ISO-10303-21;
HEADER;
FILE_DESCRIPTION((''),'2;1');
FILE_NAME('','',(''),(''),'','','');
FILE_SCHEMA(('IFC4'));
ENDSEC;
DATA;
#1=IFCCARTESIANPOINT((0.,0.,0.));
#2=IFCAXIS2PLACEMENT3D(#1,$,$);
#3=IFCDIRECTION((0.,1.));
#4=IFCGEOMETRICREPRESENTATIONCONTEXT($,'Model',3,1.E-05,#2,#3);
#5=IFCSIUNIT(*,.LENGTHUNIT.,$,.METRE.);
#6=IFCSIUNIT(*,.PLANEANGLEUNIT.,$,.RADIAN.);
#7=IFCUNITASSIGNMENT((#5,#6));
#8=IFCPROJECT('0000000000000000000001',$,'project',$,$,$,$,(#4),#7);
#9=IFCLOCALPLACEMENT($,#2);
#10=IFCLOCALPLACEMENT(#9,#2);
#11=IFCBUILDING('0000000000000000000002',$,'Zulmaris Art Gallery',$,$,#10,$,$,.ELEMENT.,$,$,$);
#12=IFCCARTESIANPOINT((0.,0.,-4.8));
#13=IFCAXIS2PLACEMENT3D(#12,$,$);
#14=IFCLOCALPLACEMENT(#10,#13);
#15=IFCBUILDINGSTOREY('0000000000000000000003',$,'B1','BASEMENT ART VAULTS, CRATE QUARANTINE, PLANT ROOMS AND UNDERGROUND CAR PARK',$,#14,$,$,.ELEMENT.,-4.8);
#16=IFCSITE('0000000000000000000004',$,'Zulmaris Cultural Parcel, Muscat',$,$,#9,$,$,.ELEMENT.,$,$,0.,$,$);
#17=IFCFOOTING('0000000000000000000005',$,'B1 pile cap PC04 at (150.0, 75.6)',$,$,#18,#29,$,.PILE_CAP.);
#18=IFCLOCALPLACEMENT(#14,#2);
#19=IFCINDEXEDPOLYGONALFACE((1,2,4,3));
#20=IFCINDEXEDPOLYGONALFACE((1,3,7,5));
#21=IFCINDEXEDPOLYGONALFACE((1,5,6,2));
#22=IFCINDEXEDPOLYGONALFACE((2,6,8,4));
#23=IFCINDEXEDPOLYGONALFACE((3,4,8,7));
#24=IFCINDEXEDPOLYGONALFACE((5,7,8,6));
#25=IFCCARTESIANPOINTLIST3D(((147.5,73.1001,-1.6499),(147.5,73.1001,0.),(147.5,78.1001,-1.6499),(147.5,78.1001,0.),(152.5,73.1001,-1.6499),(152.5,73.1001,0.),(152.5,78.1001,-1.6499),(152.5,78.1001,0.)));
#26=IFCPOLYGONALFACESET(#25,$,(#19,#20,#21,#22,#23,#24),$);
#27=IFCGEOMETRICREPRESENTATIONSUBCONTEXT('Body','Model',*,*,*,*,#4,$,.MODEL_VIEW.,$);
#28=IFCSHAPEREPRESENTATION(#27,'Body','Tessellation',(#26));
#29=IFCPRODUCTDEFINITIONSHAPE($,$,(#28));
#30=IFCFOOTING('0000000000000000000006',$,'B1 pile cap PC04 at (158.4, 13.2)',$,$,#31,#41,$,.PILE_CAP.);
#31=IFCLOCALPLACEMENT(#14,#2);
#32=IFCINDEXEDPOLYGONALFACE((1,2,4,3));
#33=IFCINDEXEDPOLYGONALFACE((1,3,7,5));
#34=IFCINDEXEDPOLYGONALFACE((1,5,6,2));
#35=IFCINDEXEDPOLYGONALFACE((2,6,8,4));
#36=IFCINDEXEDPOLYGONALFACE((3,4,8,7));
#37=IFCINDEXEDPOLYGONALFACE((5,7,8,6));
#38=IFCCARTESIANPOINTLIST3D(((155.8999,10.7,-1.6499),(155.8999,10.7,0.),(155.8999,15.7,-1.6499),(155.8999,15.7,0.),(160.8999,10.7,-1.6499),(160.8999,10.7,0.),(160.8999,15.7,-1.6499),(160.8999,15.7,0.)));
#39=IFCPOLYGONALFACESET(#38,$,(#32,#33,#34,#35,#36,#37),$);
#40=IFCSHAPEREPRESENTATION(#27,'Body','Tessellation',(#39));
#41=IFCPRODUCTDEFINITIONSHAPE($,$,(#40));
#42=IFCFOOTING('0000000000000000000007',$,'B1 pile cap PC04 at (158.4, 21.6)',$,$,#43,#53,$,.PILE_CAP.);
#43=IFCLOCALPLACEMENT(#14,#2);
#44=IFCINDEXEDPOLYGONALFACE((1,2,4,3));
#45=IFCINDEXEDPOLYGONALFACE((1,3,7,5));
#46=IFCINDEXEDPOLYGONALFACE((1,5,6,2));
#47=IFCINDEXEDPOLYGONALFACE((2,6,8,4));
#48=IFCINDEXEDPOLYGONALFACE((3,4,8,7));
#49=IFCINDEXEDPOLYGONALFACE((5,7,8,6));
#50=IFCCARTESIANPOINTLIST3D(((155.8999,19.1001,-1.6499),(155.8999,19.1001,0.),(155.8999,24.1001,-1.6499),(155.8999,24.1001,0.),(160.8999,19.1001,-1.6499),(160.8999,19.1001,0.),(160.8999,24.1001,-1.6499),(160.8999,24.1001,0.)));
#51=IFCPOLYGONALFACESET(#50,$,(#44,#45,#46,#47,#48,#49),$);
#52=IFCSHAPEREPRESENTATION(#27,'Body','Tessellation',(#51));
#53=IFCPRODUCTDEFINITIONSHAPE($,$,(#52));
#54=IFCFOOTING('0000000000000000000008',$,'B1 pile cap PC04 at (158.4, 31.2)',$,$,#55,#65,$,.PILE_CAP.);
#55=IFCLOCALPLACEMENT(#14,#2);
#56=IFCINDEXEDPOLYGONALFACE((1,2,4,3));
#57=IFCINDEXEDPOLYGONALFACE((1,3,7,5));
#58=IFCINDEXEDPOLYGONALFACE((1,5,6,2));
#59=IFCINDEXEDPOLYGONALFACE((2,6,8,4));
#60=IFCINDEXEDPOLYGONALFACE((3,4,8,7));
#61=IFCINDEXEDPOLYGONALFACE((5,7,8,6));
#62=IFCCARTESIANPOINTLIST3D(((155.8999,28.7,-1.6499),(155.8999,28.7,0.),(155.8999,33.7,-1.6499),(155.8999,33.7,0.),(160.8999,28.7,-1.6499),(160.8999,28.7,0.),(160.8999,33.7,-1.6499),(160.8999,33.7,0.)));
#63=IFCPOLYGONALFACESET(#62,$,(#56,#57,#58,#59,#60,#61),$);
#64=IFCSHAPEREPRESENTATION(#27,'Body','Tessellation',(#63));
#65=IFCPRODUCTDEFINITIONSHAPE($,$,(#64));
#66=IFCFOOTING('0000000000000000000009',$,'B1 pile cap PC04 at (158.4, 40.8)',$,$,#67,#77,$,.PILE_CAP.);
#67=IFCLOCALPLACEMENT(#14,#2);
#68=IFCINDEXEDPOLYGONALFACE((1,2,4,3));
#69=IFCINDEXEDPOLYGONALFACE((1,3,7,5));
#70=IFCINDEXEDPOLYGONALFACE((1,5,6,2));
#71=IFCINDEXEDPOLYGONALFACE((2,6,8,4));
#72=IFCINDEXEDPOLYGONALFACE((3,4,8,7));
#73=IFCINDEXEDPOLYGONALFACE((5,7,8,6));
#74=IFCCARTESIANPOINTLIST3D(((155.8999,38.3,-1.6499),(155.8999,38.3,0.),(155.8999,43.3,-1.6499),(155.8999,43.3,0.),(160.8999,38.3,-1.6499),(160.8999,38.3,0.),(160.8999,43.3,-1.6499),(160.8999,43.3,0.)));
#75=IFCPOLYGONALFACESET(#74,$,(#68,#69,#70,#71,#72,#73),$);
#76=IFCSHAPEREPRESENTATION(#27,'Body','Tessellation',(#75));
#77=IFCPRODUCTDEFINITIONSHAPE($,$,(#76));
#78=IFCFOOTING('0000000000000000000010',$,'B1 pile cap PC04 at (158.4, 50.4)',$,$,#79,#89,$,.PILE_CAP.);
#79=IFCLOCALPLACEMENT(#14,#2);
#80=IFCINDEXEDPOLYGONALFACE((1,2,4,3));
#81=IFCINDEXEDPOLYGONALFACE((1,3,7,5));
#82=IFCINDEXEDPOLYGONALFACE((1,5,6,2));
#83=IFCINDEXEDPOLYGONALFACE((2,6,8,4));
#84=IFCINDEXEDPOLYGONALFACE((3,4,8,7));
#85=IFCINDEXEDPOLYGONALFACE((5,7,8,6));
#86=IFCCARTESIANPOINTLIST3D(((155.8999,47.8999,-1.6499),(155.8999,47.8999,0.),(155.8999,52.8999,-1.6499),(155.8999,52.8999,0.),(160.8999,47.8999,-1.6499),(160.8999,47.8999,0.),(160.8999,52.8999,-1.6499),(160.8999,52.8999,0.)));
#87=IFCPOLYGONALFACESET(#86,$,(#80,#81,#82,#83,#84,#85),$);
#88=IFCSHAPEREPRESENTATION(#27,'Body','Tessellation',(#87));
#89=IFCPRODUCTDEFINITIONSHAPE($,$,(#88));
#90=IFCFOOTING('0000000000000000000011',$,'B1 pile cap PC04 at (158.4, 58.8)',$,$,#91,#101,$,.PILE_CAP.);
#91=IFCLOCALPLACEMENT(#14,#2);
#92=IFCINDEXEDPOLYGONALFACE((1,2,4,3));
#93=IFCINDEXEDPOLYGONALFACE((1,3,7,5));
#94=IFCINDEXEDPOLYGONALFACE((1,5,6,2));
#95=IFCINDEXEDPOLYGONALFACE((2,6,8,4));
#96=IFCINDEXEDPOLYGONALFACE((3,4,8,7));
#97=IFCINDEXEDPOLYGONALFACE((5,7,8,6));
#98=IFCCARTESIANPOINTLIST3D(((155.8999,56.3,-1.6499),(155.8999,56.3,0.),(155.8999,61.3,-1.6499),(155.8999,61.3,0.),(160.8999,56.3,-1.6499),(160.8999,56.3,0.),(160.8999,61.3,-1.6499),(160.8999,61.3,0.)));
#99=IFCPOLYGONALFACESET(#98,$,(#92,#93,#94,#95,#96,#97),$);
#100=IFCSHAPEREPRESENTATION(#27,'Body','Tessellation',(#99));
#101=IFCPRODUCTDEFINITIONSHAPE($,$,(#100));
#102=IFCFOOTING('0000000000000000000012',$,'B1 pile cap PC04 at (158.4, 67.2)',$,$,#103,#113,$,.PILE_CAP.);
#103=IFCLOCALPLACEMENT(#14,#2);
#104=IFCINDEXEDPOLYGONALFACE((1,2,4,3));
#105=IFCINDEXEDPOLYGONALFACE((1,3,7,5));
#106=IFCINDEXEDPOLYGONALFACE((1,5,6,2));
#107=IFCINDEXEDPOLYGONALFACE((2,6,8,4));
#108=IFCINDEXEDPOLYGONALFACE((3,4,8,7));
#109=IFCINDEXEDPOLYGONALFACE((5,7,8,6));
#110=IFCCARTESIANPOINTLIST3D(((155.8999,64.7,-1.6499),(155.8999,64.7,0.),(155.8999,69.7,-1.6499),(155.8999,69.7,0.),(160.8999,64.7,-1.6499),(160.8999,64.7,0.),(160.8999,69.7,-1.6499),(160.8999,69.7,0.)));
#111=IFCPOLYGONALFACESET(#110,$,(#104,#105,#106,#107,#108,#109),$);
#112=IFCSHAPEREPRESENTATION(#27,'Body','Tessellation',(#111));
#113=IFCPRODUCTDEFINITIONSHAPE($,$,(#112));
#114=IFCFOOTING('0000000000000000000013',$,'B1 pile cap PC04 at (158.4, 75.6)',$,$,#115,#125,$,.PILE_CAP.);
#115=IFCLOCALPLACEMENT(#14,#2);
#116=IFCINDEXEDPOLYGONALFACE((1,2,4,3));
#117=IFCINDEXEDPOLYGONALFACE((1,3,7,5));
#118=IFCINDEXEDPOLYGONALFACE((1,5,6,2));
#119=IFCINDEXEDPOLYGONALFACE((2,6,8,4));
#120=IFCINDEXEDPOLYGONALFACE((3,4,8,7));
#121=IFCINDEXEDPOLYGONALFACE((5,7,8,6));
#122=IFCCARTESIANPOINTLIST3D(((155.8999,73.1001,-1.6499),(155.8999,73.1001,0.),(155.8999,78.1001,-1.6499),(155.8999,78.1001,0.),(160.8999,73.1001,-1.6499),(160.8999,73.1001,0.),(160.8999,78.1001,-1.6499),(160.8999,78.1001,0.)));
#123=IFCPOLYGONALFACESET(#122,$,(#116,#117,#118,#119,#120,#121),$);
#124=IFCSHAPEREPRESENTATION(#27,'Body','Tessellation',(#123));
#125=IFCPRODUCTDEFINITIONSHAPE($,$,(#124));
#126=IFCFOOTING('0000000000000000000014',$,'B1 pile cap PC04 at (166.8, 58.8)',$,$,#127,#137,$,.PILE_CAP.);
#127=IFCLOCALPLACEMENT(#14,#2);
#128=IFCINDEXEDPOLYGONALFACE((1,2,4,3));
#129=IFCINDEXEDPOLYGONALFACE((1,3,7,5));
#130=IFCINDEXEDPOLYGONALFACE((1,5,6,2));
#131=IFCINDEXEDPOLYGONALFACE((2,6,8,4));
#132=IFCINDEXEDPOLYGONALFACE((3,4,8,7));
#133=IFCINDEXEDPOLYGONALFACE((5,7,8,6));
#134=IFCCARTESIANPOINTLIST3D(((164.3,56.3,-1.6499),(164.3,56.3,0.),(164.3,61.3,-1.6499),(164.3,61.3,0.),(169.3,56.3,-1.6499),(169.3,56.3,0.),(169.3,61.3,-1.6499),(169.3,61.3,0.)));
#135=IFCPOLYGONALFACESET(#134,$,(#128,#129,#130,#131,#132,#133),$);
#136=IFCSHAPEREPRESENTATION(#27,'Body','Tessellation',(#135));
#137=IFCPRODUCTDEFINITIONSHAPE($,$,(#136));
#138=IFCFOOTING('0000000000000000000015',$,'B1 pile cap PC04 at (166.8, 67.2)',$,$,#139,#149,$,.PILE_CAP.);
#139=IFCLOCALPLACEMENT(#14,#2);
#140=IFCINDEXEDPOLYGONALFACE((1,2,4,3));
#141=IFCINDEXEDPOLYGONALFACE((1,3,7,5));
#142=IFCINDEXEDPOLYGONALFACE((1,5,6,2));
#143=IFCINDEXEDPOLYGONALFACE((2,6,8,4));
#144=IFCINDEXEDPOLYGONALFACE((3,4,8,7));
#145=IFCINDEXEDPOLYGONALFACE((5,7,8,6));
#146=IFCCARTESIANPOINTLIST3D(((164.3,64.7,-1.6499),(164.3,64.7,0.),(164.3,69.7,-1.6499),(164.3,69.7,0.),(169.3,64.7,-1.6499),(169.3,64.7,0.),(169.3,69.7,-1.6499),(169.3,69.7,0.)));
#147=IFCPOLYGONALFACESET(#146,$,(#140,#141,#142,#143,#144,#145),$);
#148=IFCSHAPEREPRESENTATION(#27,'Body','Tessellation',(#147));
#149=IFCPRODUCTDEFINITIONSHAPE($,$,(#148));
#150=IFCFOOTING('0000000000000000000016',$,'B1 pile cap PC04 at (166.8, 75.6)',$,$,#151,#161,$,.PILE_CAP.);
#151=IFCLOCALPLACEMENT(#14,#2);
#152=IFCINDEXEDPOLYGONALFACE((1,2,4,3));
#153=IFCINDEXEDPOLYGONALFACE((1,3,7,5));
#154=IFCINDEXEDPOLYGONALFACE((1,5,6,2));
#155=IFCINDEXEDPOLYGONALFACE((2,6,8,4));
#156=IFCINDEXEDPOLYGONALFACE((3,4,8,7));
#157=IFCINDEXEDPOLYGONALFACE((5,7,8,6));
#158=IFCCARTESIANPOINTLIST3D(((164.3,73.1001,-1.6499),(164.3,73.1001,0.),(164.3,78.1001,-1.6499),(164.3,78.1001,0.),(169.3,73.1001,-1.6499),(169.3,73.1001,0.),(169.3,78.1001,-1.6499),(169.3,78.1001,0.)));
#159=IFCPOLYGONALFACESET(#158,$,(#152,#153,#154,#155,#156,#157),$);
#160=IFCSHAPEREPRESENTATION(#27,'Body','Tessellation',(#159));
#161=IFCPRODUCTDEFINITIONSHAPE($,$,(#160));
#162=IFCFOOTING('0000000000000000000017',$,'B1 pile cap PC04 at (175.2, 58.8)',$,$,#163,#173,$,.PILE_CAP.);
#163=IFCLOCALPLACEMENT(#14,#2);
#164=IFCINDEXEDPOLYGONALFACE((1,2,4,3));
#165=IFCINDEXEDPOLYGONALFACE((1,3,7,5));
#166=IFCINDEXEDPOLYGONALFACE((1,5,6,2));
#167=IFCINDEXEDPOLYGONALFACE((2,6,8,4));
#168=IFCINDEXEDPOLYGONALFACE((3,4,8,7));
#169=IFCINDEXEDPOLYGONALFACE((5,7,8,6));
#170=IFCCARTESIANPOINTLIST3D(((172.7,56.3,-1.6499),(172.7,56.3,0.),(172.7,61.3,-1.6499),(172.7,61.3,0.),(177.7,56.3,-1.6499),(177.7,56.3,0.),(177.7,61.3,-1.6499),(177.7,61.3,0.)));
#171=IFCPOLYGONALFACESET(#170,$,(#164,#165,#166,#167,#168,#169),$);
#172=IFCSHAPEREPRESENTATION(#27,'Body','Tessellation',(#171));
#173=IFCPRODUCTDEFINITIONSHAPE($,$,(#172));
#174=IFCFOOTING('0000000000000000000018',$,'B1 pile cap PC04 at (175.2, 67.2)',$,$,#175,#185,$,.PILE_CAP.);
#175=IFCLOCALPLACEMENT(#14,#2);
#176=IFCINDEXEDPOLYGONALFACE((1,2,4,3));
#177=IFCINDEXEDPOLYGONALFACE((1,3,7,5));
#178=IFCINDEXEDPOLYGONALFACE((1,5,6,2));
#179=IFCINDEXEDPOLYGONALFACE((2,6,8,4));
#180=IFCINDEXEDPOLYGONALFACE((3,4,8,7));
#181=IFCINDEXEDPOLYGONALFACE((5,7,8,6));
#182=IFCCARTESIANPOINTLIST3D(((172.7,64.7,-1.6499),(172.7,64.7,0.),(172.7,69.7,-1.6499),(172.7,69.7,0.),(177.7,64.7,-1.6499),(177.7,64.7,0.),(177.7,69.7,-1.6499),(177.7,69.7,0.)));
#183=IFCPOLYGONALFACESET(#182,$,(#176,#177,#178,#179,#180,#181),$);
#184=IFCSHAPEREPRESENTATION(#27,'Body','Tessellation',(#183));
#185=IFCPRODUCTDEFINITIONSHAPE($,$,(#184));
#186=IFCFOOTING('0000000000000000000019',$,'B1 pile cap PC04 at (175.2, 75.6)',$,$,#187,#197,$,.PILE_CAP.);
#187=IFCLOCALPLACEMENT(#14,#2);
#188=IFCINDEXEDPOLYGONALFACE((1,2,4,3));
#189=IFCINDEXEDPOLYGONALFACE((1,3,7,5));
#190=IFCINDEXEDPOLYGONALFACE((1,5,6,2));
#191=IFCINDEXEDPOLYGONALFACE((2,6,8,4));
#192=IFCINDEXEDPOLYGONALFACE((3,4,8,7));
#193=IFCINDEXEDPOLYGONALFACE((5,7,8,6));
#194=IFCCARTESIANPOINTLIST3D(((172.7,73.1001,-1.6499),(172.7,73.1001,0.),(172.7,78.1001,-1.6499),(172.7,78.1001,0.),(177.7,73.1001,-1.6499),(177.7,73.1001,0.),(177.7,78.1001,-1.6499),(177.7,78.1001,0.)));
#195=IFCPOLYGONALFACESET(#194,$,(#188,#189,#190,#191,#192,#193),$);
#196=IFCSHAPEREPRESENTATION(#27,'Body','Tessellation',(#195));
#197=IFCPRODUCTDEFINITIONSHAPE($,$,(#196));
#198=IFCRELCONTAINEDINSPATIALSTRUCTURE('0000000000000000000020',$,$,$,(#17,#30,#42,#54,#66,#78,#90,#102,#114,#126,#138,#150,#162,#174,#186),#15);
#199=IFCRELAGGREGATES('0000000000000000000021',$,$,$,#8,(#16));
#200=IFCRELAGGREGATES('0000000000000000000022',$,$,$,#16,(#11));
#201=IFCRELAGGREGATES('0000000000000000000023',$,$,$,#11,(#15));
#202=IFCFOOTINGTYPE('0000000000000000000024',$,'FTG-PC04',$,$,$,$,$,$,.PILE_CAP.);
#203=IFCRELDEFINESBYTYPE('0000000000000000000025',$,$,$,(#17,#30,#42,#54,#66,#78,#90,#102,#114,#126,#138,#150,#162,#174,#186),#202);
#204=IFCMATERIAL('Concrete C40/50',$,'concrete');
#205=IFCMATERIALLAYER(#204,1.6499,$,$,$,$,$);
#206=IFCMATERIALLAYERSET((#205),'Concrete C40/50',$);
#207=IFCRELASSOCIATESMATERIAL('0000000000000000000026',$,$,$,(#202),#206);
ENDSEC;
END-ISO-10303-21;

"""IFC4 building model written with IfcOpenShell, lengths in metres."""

from ifc_helpers import new_model, si_unit, direction, frame, origin, place, context, subcontext, project, spatial, polyline, outline, extrude, material, layer, layer_set, type_object, element, save


model = new_model("IFC4")

# Units and contexts
model_context = context("Model", 3, precision=1e-05, world=origin(), true_north=direction((0.0, 1.0)))
body_context = subcontext(model_context, "Body", "Model", "MODEL_VIEW")
ifc_project = project(units=[si_unit("LENGTHUNIT", "METRE"), si_unit("PLANEANGLEUNIT", "RADIAN")], contexts=[model_context])

# Site, building, storey
site_placement = place(None, origin())
site = spatial("IfcSite", under=ifc_project, at=site_placement, Name="Zulmaris Cultural Parcel, Muscat", CompositionType="ELEMENT", RefElevation=0.0)
building_placement = place(site_placement, origin())
building = spatial("IfcBuilding", under=site, at=building_placement, Name="Zulmaris Art Gallery", CompositionType="ELEMENT")
storey_placement = place(building_placement, frame((0.0, 0.0, -4.8)))
storey = spatial("IfcBuildingStorey", under=building, at=storey_placement, Name="B1", Description="BASEMENT ART VAULTS, CRATE QUARANTINE, PLANT ROOMS AND UNDERGROUND CAR PARK", CompositionType="ELEMENT", Elevation=-4.8)

# Footings
ifc_material = material(Name="Concrete C40/50", Category="concrete")
ifc_layer_1 = layer(ifc_material, 1.6499)
ifc_layer_set_1 = layer_set([ifc_layer_1], Name="Concrete C40/50")
footing_type_1 = type_object("IfcFootingType", Name="FTG-PC04", PredefinedType="PILE_CAP", material=ifc_layer_set_1)
footing_1_placement = place(storey_placement, frame((0.0, 0.0, -1.6499)))
element("IfcFooting", 1, at=footing_1_placement, inside=storey, type_object=footing_type_1, Name="B1 pile cap PC04 at (150.0, 75.6)", PredefinedType="PILE_CAP", context=body_context, shape_type="SweptSolid", body=[
    extrude(outline(polyline([(147.5, 73.1001), (152.5, 73.1001), (152.5, 78.1001), (147.5, 78.1001), (147.5, 73.1001)])), origin(), (0.0, 0.0, 1.0), 1.6499),
])
footing_2_placement = place(storey_placement, frame((0.0, 0.0, -1.6499)))
element("IfcFooting", 2, at=footing_2_placement, inside=storey, type_object=footing_type_1, Name="B1 pile cap PC04 at (158.4, 13.2)", PredefinedType="PILE_CAP", context=body_context, shape_type="SweptSolid", body=[
    extrude(outline(polyline([(155.8999, 10.7), (160.8999, 10.7), (160.8999, 15.7), (155.8999, 15.7), (155.8999, 10.7)])), origin(), (0.0, 0.0, 1.0), 1.6499),
])
footing_3_placement = place(storey_placement, frame((0.0, 0.0, -1.6499)))
element("IfcFooting", 3, at=footing_3_placement, inside=storey, type_object=footing_type_1, Name="B1 pile cap PC04 at (158.4, 21.6)", PredefinedType="PILE_CAP", context=body_context, shape_type="SweptSolid", body=[
    extrude(outline(polyline([(155.8999, 19.1001), (160.8999, 19.1001), (160.8999, 24.1001), (155.8999, 24.1001), (155.8999, 19.1001)])), origin(), (0.0, 0.0, 1.0), 1.6499),
])
footing_4_placement = place(storey_placement, frame((0.0, 0.0, -1.6499)))
element("IfcFooting", 4, at=footing_4_placement, inside=storey, type_object=footing_type_1, Name="B1 pile cap PC04 at (158.4, 31.2)", PredefinedType="PILE_CAP", context=body_context, shape_type="SweptSolid", body=[
    extrude(outline(polyline([(155.8999, 28.7), (160.8999, 28.7), (160.8999, 33.7), (155.8999, 33.7), (155.8999, 28.7)])), origin(), (0.0, 0.0, 1.0), 1.6499),
])
footing_5_placement = place(storey_placement, frame((0.0, 0.0, -1.6499)))
element("IfcFooting", 5, at=footing_5_placement, inside=storey, type_object=footing_type_1, Name="B1 pile cap PC04 at (158.4, 40.8)", PredefinedType="PILE_CAP", context=body_context, shape_type="SweptSolid", body=[
    extrude(outline(polyline([(155.8999, 38.3), (160.8999, 38.3), (160.8999, 43.3), (155.8999, 43.3), (155.8999, 38.3)])), origin(), (0.0, 0.0, 1.0), 1.6499),
])
footing_6_placement = place(storey_placement, frame((0.0, 0.0, -1.6499)))
element("IfcFooting", 6, at=footing_6_placement, inside=storey, type_object=footing_type_1, Name="B1 pile cap PC04 at (158.4, 50.4)", PredefinedType="PILE_CAP", context=body_context, shape_type="SweptSolid", body=[
    extrude(outline(polyline([(155.8999, 47.8999), (160.8999, 47.8999), (160.8999, 52.8999), (155.8999, 52.8999), (155.8999, 47.8999)])), origin(), (0.0, 0.0, 1.0), 1.6499),
])
footing_7_placement = place(storey_placement, frame((0.0, 0.0, -1.6499)))
element("IfcFooting", 7, at=footing_7_placement, inside=storey, type_object=footing_type_1, Name="B1 pile cap PC04 at (158.4, 58.8)", PredefinedType="PILE_CAP", context=body_context, shape_type="SweptSolid", body=[
    extrude(outline(polyline([(155.8999, 56.3), (160.8999, 56.3), (160.8999, 61.3), (155.8999, 61.3), (155.8999, 56.3)])), origin(), (0.0, 0.0, 1.0), 1.6499),
])
footing_8_placement = place(storey_placement, frame((0.0, 0.0, -1.6499)))
element("IfcFooting", 8, at=footing_8_placement, inside=storey, type_object=footing_type_1, Name="B1 pile cap PC04 at (158.4, 67.2)", PredefinedType="PILE_CAP", context=body_context, shape_type="SweptSolid", body=[
    extrude(outline(polyline([(155.8999, 64.7), (160.8999, 64.7), (160.8999, 69.7), (155.8999, 69.7), (155.8999, 64.7)])), origin(), (0.0, 0.0, 1.0), 1.6499),
])
footing_9_placement = place(storey_placement, frame((0.0, 0.0, -1.6499)))
element("IfcFooting", 9, at=footing_9_placement, inside=storey, type_object=footing_type_1, Name="B1 pile cap PC04 at (158.4, 75.6)", PredefinedType="PILE_CAP", context=body_context, shape_type="SweptSolid", body=[
    extrude(outline(polyline([(155.8999, 73.1001), (160.8999, 73.1001), (160.8999, 78.1001), (155.8999, 78.1001), (155.8999, 73.1001)])), origin(), (0.0, 0.0, 1.0), 1.6499),
])
footing_10_placement = place(storey_placement, frame((0.0, 0.0, -1.6499)))
element("IfcFooting", 10, at=footing_10_placement, inside=storey, type_object=footing_type_1, Name="B1 pile cap PC04 at (166.8, 58.8)", PredefinedType="PILE_CAP", context=body_context, shape_type="SweptSolid", body=[
    extrude(outline(polyline([(164.3, 56.3), (169.3, 56.3), (169.3, 61.3), (164.3, 61.3), (164.3, 56.3)])), origin(), (0.0, 0.0, 1.0), 1.6499),
])
footing_11_placement = place(storey_placement, frame((0.0, 0.0, -1.6499)))
element("IfcFooting", 11, at=footing_11_placement, inside=storey, type_object=footing_type_1, Name="B1 pile cap PC04 at (166.8, 67.2)", PredefinedType="PILE_CAP", context=body_context, shape_type="SweptSolid", body=[
    extrude(outline(polyline([(164.3, 64.7), (169.3, 64.7), (169.3, 69.7), (164.3, 69.7), (164.3, 64.7)])), origin(), (0.0, 0.0, 1.0), 1.6499),
])
footing_12_placement = place(storey_placement, frame((0.0, 0.0, -1.6499)))
element("IfcFooting", 12, at=footing_12_placement, inside=storey, type_object=footing_type_1, Name="B1 pile cap PC04 at (166.8, 75.6)", PredefinedType="PILE_CAP", context=body_context, shape_type="SweptSolid", body=[
    extrude(outline(polyline([(164.3, 73.1001), (169.3, 73.1001), (169.3, 78.1001), (164.3, 78.1001), (164.3, 73.1001)])), origin(), (0.0, 0.0, 1.0), 1.6499),
])
footing_13_placement = place(storey_placement, frame((0.0, 0.0, -1.6499)))
element("IfcFooting", 13, at=footing_13_placement, inside=storey, type_object=footing_type_1, Name="B1 pile cap PC04 at (175.2, 58.8)", PredefinedType="PILE_CAP", context=body_context, shape_type="SweptSolid", body=[
    extrude(outline(polyline([(172.7, 56.3), (177.7, 56.3), (177.7, 61.3), (172.7, 61.3), (172.7, 56.3)])), origin(), (0.0, 0.0, 1.0), 1.6499),
])
footing_14_placement = place(storey_placement, frame((0.0, 0.0, -1.6499)))
element("IfcFooting", 14, at=footing_14_placement, inside=storey, type_object=footing_type_1, Name="B1 pile cap PC04 at (175.2, 67.2)", PredefinedType="PILE_CAP", context=body_context, shape_type="SweptSolid", body=[
    extrude(outline(polyline([(172.7, 64.7), (177.7, 64.7), (177.7, 69.7), (172.7, 69.7), (172.7, 64.7)])), origin(), (0.0, 0.0, 1.0), 1.6499),
])
footing_15_placement = place(storey_placement, frame((0.0, 0.0, -1.6499)))
element("IfcFooting", 15, at=footing_15_placement, inside=storey, type_object=footing_type_1, Name="B1 pile cap PC04 at (175.2, 75.6)", PredefinedType="PILE_CAP", context=body_context, shape_type="SweptSolid", body=[
    extrude(outline(polyline([(172.7, 73.1001), (177.7, 73.1001), (177.7, 78.1001), (172.7, 78.1001), (172.7, 73.1001)])), origin(), (0.0, 0.0, 1.0), 1.6499),
])

save(model, "model.ifc")
